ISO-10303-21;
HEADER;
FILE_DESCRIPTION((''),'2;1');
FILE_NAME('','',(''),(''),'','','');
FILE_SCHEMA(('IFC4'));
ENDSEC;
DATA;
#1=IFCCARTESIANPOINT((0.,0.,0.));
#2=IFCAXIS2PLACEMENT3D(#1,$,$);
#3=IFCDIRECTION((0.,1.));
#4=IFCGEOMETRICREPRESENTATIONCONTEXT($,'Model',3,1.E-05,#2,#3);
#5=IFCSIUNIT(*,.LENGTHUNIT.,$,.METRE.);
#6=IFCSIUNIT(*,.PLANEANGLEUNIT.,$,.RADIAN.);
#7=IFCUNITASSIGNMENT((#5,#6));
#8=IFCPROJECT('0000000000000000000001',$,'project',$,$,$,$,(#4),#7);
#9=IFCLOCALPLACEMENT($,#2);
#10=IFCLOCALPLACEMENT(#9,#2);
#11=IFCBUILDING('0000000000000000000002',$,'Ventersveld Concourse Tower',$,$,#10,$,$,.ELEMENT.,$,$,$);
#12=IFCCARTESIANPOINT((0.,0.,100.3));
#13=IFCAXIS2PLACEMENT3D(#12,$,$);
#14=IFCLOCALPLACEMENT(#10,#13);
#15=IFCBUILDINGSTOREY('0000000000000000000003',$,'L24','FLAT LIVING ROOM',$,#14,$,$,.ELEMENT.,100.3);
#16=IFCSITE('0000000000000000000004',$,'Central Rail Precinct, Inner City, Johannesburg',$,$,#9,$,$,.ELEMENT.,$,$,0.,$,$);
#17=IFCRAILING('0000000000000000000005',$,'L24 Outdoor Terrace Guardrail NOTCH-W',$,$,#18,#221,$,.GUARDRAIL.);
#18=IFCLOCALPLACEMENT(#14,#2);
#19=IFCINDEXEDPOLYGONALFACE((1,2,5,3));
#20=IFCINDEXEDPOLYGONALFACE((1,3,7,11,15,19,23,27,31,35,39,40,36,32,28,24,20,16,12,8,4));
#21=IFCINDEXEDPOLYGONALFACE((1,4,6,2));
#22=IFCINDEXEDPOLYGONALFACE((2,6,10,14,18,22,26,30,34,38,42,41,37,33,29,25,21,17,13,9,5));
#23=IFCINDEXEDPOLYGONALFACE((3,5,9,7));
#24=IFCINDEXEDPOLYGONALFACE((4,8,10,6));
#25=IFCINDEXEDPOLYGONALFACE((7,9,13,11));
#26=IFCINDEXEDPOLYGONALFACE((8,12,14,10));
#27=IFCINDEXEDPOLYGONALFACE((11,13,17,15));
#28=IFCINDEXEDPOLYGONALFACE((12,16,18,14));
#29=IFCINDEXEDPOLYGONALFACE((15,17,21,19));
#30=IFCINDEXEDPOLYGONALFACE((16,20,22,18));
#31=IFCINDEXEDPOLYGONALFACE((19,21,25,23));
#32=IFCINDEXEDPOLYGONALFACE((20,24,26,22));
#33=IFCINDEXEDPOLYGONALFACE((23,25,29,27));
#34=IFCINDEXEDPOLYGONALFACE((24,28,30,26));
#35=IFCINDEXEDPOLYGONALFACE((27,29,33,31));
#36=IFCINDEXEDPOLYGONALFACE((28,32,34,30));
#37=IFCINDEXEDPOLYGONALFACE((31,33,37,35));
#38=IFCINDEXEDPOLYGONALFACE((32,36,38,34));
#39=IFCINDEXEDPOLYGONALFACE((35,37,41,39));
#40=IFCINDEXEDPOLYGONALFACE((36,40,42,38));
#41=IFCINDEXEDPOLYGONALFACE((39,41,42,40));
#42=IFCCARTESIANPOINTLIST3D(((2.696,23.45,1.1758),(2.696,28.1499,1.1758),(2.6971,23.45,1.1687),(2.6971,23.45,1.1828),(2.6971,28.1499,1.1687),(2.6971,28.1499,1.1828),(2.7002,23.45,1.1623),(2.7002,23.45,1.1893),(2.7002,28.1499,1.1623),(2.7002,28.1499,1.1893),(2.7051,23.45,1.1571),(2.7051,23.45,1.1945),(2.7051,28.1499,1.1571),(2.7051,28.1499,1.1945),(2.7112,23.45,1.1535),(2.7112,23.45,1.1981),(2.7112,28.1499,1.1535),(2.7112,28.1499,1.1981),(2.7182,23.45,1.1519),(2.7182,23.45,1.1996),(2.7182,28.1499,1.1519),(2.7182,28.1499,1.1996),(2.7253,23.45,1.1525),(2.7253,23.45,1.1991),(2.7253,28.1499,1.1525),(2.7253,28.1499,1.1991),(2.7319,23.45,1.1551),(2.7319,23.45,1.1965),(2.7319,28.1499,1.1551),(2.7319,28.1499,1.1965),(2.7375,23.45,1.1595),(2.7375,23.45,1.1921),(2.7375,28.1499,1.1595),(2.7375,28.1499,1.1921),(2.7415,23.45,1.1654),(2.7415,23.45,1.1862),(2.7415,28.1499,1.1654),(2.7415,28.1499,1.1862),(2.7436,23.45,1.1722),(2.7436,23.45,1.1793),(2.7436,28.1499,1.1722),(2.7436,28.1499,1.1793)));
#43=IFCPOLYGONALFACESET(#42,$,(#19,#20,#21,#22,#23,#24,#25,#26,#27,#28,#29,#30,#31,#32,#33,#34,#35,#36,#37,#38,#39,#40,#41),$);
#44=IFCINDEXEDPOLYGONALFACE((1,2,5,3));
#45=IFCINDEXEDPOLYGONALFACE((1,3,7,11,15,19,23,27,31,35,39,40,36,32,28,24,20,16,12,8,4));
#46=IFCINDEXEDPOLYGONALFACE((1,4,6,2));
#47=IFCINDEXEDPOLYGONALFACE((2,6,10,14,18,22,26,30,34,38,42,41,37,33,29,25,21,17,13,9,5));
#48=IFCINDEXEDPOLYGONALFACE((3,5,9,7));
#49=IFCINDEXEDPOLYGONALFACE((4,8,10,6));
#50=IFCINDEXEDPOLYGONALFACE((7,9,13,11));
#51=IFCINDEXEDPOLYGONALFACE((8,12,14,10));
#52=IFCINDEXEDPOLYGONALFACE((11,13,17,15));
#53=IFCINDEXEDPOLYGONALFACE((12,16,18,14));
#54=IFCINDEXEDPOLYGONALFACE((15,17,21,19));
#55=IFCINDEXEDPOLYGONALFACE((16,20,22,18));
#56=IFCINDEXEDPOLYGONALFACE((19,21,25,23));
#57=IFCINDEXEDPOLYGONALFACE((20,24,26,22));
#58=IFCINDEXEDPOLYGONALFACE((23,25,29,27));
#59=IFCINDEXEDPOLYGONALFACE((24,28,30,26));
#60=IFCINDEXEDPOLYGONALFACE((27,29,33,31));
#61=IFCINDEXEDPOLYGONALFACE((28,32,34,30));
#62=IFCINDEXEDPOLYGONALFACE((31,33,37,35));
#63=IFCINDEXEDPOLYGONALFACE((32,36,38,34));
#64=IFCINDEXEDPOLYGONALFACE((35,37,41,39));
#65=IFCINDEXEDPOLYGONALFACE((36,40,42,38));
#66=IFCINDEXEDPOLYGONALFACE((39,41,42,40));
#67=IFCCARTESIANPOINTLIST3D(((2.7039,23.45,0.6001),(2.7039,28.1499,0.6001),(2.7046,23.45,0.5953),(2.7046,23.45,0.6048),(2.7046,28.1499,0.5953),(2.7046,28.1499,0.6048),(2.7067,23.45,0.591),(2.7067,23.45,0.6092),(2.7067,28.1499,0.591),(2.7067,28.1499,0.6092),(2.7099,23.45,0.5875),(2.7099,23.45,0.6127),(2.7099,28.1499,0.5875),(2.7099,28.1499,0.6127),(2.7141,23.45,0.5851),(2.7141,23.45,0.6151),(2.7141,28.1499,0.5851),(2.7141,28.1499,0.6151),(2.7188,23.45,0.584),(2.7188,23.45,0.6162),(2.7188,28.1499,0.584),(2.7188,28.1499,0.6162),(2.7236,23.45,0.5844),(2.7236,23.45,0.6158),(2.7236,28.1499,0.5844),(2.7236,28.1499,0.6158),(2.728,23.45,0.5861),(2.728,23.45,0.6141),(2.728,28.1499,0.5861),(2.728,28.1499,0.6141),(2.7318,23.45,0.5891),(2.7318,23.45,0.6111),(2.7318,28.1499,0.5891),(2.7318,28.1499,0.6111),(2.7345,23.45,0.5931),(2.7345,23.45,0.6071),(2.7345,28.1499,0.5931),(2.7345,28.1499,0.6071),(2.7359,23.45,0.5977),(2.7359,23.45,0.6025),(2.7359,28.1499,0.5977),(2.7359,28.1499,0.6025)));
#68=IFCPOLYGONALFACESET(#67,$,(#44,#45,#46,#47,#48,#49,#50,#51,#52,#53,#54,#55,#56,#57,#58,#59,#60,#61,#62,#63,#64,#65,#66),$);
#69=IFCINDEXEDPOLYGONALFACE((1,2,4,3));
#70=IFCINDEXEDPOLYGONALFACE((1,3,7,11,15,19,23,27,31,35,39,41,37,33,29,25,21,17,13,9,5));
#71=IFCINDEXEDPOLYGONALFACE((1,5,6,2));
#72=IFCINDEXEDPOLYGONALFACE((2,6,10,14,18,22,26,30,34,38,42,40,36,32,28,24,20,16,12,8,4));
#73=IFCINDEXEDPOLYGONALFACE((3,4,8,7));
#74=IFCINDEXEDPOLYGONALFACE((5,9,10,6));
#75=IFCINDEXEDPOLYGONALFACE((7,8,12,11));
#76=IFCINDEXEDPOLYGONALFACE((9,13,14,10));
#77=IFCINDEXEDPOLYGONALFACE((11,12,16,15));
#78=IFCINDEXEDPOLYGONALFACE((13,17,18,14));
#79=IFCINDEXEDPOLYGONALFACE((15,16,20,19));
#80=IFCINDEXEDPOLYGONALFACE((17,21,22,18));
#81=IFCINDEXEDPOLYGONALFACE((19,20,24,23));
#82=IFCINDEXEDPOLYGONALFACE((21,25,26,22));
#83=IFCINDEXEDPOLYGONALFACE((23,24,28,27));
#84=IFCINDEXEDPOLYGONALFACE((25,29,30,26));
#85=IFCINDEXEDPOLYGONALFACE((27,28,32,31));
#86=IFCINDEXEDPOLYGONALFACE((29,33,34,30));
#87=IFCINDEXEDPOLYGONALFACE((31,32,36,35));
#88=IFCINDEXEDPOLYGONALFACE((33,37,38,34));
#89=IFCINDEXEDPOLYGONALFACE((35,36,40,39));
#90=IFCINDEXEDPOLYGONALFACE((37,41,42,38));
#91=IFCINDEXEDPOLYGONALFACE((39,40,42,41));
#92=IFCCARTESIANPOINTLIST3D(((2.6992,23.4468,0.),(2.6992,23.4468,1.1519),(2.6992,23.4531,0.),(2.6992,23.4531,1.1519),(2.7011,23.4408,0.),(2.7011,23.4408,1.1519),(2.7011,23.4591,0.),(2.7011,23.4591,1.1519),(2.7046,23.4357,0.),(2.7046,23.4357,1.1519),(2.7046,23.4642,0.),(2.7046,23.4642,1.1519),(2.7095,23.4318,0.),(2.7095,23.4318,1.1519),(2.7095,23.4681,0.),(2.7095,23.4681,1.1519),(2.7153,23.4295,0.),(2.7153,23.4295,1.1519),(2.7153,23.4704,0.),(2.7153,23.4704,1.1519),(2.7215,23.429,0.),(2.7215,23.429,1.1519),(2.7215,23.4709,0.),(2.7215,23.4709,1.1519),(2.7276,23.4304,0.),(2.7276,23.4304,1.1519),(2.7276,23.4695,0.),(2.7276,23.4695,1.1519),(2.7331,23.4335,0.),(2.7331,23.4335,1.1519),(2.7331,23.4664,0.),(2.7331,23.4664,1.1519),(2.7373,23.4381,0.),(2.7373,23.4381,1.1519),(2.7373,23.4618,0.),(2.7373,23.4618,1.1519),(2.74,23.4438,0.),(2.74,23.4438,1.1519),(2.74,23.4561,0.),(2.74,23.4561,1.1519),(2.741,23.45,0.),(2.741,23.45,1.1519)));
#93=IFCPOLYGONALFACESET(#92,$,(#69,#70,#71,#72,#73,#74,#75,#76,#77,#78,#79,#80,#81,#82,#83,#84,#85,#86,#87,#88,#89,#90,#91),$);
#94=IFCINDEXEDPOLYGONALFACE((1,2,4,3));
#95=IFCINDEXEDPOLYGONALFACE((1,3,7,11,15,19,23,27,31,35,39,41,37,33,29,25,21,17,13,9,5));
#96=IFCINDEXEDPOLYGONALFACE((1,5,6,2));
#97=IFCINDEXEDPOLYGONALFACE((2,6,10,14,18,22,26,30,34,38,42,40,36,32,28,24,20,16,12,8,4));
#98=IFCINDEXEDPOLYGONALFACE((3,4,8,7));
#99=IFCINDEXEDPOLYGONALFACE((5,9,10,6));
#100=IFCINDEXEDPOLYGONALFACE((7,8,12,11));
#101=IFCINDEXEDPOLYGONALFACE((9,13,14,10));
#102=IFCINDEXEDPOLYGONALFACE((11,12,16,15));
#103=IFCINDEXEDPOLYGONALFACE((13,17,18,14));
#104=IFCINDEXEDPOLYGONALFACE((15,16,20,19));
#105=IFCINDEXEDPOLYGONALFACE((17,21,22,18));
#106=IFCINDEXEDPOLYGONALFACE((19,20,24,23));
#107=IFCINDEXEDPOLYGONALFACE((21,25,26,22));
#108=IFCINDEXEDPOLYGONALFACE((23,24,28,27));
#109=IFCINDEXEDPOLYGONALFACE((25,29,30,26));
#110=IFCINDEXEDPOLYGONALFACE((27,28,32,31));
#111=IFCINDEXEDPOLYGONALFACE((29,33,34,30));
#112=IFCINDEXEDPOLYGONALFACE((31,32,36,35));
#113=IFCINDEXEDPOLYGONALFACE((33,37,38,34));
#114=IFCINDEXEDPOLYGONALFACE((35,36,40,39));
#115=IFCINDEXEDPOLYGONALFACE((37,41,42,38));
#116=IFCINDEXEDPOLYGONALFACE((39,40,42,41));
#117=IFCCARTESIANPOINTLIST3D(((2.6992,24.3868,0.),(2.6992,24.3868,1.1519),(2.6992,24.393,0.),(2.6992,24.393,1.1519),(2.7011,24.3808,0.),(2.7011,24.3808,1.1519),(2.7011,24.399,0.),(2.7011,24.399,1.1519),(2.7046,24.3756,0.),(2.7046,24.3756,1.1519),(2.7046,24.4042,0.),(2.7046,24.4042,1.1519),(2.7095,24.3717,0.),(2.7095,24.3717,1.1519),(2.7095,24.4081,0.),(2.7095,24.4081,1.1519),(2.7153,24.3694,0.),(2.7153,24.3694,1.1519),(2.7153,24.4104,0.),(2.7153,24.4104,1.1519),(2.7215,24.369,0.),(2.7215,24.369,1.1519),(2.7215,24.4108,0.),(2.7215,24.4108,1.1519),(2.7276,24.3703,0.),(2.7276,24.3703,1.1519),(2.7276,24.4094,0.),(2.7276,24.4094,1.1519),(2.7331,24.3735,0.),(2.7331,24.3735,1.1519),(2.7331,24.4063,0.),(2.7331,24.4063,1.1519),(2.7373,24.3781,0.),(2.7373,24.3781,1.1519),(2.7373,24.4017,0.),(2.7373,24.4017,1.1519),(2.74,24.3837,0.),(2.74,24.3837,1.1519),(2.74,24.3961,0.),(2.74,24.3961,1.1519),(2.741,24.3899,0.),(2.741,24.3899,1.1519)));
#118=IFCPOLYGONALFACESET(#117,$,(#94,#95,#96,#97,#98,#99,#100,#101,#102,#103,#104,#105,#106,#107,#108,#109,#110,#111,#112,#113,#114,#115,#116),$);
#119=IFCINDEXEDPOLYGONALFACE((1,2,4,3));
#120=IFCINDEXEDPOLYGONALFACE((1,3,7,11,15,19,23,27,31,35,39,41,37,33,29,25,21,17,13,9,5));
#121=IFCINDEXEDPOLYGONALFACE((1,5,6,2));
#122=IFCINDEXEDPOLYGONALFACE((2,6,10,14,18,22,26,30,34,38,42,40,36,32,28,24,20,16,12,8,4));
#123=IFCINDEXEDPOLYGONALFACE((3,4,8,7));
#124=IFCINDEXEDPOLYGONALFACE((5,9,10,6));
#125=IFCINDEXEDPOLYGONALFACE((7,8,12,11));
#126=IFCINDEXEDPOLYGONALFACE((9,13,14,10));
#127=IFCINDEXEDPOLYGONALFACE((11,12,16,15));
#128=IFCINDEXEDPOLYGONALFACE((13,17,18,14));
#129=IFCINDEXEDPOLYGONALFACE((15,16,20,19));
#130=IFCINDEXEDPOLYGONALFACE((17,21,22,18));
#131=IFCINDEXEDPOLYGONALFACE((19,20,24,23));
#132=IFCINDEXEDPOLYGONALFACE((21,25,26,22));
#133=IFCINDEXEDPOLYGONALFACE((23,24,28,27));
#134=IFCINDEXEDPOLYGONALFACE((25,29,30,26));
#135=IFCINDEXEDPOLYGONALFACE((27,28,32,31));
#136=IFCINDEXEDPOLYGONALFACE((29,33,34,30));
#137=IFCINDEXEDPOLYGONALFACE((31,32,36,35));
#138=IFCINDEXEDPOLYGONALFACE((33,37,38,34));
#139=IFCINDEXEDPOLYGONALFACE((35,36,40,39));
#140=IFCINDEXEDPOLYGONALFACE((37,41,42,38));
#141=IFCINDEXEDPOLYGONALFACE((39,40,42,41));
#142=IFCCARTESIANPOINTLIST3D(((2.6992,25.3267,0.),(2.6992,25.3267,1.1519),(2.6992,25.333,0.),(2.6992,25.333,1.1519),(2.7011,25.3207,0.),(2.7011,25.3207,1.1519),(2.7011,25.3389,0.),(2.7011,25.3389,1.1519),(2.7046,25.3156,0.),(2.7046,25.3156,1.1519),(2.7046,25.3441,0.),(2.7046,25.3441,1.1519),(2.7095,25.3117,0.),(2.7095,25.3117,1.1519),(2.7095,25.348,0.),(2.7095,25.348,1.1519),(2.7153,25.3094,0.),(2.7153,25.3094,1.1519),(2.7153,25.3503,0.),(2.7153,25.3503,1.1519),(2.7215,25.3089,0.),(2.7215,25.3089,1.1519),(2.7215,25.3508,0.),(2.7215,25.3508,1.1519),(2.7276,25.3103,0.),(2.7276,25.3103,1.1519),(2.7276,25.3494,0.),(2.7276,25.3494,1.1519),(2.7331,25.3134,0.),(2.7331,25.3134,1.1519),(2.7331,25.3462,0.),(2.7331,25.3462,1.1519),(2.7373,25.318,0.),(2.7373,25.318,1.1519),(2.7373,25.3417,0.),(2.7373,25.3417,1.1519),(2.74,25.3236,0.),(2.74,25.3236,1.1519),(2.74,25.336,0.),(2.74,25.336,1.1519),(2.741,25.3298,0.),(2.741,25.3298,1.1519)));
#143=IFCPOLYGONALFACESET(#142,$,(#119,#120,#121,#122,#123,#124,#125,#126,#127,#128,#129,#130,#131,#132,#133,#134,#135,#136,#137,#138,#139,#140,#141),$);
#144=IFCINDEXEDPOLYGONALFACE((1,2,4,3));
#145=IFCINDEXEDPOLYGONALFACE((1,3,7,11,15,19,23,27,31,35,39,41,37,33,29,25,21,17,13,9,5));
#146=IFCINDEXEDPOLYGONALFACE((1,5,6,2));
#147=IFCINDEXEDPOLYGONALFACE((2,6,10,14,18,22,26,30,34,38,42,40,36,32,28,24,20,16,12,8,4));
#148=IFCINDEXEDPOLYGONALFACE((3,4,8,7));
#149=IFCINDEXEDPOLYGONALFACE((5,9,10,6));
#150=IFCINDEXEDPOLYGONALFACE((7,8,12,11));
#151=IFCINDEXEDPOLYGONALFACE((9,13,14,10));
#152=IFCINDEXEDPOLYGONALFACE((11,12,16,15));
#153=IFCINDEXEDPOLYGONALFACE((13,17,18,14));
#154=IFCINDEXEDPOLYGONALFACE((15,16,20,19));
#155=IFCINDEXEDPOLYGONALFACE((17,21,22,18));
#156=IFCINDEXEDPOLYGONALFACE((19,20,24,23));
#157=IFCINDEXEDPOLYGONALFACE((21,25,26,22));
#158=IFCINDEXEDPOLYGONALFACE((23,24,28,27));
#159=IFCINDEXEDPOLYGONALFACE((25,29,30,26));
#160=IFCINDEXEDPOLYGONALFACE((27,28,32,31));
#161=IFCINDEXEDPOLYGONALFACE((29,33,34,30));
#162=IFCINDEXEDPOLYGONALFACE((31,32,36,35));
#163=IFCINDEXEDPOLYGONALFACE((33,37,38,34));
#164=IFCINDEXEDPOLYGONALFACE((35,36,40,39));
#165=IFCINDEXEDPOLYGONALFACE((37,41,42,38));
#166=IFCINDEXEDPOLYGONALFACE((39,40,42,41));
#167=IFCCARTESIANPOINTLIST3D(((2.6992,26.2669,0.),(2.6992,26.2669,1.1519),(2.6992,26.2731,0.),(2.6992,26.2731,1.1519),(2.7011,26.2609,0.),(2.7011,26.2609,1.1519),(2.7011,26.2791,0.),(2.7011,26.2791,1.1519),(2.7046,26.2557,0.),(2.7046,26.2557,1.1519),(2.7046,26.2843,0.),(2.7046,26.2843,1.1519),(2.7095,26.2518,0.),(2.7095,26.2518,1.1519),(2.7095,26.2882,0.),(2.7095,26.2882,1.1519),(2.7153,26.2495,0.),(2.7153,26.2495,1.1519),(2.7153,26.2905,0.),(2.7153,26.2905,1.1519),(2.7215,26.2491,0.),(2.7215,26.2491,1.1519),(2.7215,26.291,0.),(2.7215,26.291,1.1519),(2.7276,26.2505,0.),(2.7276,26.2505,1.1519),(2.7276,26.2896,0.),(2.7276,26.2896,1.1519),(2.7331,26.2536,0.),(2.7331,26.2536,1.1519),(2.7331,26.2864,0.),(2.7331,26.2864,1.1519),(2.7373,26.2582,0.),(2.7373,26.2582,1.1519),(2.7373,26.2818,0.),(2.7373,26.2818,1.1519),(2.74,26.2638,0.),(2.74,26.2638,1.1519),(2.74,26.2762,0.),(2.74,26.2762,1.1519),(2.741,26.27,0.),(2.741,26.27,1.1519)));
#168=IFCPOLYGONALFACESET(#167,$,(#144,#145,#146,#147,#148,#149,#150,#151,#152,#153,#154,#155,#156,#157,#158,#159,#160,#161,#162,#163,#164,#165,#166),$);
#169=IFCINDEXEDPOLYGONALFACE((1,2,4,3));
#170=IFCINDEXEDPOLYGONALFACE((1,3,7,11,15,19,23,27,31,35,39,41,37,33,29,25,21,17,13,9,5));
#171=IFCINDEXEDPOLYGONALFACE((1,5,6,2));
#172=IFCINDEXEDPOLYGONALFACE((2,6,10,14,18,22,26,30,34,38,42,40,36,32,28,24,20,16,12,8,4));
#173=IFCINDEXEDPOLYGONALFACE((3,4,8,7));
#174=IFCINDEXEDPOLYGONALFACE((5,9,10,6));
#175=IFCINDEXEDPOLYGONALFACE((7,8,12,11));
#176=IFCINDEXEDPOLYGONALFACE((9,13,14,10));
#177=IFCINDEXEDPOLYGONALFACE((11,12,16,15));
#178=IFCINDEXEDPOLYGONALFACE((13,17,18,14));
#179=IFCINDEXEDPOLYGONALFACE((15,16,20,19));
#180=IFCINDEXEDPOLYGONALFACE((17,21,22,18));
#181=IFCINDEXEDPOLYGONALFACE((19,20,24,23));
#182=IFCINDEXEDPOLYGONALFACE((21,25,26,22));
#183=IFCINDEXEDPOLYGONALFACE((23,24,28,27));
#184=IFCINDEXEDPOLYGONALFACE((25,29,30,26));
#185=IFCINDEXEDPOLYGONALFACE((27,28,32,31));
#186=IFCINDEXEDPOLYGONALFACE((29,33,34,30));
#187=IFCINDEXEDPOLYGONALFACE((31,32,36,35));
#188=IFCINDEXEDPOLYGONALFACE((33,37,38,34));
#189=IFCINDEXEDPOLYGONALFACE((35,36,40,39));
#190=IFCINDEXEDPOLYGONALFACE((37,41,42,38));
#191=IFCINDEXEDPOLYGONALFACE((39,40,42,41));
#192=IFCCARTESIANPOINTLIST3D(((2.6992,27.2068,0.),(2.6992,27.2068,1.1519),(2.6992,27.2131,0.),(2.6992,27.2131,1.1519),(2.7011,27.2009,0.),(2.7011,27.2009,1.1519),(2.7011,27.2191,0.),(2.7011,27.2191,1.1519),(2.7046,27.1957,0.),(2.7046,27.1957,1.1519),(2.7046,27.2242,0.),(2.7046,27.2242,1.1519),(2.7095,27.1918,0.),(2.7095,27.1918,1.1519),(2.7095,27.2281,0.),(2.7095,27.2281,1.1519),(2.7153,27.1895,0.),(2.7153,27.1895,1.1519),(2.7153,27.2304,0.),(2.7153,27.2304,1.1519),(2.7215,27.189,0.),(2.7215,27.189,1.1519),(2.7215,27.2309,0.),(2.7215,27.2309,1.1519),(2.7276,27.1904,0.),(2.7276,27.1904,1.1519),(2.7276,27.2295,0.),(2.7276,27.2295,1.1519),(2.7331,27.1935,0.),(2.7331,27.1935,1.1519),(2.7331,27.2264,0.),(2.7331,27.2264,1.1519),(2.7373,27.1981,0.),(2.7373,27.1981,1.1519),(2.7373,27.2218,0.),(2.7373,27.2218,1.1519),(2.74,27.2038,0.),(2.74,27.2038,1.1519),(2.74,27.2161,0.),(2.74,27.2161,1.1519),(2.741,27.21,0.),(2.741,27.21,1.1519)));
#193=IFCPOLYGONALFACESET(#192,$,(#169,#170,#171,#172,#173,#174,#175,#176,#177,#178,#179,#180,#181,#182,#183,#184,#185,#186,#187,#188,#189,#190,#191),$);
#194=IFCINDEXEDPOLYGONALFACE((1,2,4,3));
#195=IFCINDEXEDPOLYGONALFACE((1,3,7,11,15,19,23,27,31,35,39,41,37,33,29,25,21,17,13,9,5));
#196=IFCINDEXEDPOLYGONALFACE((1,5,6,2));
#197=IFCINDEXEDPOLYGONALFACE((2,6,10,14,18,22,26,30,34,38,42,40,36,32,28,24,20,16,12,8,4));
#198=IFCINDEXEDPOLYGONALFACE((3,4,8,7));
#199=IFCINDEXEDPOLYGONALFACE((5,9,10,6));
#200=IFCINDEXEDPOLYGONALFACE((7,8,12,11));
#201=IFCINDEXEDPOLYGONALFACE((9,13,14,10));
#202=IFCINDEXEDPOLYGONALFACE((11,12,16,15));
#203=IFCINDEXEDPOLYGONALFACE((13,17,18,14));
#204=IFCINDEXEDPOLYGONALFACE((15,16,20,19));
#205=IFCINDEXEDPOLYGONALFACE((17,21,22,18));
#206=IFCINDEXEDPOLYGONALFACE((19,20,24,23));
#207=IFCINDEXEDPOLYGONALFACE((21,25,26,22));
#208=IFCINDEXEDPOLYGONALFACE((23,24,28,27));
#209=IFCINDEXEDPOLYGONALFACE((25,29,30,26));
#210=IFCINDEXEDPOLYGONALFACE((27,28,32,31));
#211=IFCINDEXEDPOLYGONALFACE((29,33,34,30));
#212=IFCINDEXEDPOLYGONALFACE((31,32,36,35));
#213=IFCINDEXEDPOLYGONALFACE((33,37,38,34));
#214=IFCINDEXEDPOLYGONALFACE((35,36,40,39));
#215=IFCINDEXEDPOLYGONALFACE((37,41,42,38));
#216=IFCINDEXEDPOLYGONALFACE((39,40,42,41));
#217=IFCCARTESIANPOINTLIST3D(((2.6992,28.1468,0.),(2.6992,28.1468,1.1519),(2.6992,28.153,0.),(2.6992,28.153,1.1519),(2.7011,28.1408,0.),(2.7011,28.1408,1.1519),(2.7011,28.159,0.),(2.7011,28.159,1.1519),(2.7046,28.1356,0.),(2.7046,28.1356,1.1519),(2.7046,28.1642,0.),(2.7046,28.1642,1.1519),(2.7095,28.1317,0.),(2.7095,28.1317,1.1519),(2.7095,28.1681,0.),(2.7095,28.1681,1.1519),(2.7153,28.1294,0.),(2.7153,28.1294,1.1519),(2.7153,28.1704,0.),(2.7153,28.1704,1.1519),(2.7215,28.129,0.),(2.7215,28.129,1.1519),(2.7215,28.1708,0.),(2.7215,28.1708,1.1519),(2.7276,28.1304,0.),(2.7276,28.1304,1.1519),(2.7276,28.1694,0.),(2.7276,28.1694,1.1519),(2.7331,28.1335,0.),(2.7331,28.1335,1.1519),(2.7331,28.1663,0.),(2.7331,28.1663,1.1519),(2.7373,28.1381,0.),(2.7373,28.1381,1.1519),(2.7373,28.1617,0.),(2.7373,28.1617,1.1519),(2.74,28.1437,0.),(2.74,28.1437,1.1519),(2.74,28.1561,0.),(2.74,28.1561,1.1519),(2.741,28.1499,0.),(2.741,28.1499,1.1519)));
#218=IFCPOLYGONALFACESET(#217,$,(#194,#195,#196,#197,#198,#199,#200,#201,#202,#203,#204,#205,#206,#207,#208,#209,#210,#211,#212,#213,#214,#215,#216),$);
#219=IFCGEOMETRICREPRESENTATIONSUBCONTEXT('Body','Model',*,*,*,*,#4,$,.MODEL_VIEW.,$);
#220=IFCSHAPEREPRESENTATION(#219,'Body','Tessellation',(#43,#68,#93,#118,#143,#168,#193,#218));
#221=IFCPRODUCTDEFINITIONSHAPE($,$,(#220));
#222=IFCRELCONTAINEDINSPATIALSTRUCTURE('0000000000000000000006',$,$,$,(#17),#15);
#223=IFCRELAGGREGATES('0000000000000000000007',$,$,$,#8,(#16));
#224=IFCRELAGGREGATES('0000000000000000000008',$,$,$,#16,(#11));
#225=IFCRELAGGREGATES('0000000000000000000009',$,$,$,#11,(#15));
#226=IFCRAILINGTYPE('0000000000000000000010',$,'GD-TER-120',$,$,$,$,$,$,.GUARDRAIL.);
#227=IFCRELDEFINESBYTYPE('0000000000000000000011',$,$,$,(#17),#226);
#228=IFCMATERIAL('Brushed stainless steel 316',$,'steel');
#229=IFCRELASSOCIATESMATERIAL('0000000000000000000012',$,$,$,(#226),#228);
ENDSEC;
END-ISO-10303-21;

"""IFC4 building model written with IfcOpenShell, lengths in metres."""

from ifc_helpers import new_model, si_unit, direction, frame, origin, origin_2d, place, context, subcontext, project, spatial, circle, extrude, material, type_object, element, save


model = new_model("IFC4")

# Units and contexts
model_context = context("Model", 3, precision=1e-05, world=origin(), true_north=direction((0.0, 1.0)))
body_context = subcontext(model_context, "Body", "Model", "MODEL_VIEW")
ifc_project = project(units=[si_unit("LENGTHUNIT", "METRE"), si_unit("PLANEANGLEUNIT", "RADIAN")], contexts=[model_context])

# Site, building, storey
site_placement = place(None, origin())
site = spatial("IfcSite", under=ifc_project, at=site_placement, Name="Central Rail Precinct, Inner City, Johannesburg", CompositionType="ELEMENT", RefElevation=0.0)
building_placement = place(site_placement, origin())
building = spatial("IfcBuilding", under=site, at=building_placement, Name="Ventersveld Concourse Tower", CompositionType="ELEMENT")
storey_placement = place(building_placement, frame((0.0, 0.0, 100.3)))
storey = spatial("IfcBuildingStorey", under=building, at=storey_placement, Name="L24", Description="FLAT LIVING ROOM", CompositionType="ELEMENT", Elevation=100.3)

# Railing
ifc_material_1 = material(Name="Brushed stainless steel 316", Category="steel")
railing_type = type_object("IfcRailingType", Name="GD-TER-120", PredefinedType="GUARDRAIL", material=ifc_material_1)
railing_placement = place(storey_placement, frame((2.72, 23.45, 0.0)))
element("IfcRailing", 1, at=railing_placement, inside=storey, type_object=railing_type, Name="L24 Outdoor Terrace Guardrail NOTCH-W", PredefinedType="GUARDRAIL", context=body_context, shape_type="SweptSolid", body=[
    extrude(circle(Radius=0.0239, at=origin_2d()), frame((0.0, 0.0, 1.1758), z_axis=(0.0, 1.0, 0.0), x_axis=(-1.0, 0.0, 0.0)), (0.0, 0.0, 1.0), 4.7),
    extrude(circle(Radius=0.0161, at=origin_2d()), frame((0.0, 0.0, 0.6001), z_axis=(0.0, 1.0, 0.0), x_axis=(-1.0, 0.0, 0.0)), (0.0, 0.0, 1.0), 4.7),
    extrude(circle(Radius=0.021, at=origin_2d()), origin(), (0.0, 0.0, 1.0), 1.1519),
    extrude(circle(Radius=0.021, at=origin_2d()), frame((0.0, 0.9399, 0.0)), (0.0, 0.0, 1.0), 1.1519),
    extrude(circle(Radius=0.021, at=origin_2d()), frame((0.0, 1.8799, 0.0)), (0.0, 0.0, 1.0), 1.1519),
    extrude(circle(Radius=0.021, at=origin_2d()), frame((0.0, 2.8201, 0.0)), (0.0, 0.0, 1.0), 1.1519),
    extrude(circle(Radius=0.021, at=origin_2d()), frame((0.0, 3.76, 0.0)), (0.0, 0.0, 1.0), 1.1519),
    extrude(circle(Radius=0.021, at=origin_2d()), frame((0.0, 4.7, 0.0)), (0.0, 0.0, 1.0), 1.1519),
])

save(model, "model.ifc")
